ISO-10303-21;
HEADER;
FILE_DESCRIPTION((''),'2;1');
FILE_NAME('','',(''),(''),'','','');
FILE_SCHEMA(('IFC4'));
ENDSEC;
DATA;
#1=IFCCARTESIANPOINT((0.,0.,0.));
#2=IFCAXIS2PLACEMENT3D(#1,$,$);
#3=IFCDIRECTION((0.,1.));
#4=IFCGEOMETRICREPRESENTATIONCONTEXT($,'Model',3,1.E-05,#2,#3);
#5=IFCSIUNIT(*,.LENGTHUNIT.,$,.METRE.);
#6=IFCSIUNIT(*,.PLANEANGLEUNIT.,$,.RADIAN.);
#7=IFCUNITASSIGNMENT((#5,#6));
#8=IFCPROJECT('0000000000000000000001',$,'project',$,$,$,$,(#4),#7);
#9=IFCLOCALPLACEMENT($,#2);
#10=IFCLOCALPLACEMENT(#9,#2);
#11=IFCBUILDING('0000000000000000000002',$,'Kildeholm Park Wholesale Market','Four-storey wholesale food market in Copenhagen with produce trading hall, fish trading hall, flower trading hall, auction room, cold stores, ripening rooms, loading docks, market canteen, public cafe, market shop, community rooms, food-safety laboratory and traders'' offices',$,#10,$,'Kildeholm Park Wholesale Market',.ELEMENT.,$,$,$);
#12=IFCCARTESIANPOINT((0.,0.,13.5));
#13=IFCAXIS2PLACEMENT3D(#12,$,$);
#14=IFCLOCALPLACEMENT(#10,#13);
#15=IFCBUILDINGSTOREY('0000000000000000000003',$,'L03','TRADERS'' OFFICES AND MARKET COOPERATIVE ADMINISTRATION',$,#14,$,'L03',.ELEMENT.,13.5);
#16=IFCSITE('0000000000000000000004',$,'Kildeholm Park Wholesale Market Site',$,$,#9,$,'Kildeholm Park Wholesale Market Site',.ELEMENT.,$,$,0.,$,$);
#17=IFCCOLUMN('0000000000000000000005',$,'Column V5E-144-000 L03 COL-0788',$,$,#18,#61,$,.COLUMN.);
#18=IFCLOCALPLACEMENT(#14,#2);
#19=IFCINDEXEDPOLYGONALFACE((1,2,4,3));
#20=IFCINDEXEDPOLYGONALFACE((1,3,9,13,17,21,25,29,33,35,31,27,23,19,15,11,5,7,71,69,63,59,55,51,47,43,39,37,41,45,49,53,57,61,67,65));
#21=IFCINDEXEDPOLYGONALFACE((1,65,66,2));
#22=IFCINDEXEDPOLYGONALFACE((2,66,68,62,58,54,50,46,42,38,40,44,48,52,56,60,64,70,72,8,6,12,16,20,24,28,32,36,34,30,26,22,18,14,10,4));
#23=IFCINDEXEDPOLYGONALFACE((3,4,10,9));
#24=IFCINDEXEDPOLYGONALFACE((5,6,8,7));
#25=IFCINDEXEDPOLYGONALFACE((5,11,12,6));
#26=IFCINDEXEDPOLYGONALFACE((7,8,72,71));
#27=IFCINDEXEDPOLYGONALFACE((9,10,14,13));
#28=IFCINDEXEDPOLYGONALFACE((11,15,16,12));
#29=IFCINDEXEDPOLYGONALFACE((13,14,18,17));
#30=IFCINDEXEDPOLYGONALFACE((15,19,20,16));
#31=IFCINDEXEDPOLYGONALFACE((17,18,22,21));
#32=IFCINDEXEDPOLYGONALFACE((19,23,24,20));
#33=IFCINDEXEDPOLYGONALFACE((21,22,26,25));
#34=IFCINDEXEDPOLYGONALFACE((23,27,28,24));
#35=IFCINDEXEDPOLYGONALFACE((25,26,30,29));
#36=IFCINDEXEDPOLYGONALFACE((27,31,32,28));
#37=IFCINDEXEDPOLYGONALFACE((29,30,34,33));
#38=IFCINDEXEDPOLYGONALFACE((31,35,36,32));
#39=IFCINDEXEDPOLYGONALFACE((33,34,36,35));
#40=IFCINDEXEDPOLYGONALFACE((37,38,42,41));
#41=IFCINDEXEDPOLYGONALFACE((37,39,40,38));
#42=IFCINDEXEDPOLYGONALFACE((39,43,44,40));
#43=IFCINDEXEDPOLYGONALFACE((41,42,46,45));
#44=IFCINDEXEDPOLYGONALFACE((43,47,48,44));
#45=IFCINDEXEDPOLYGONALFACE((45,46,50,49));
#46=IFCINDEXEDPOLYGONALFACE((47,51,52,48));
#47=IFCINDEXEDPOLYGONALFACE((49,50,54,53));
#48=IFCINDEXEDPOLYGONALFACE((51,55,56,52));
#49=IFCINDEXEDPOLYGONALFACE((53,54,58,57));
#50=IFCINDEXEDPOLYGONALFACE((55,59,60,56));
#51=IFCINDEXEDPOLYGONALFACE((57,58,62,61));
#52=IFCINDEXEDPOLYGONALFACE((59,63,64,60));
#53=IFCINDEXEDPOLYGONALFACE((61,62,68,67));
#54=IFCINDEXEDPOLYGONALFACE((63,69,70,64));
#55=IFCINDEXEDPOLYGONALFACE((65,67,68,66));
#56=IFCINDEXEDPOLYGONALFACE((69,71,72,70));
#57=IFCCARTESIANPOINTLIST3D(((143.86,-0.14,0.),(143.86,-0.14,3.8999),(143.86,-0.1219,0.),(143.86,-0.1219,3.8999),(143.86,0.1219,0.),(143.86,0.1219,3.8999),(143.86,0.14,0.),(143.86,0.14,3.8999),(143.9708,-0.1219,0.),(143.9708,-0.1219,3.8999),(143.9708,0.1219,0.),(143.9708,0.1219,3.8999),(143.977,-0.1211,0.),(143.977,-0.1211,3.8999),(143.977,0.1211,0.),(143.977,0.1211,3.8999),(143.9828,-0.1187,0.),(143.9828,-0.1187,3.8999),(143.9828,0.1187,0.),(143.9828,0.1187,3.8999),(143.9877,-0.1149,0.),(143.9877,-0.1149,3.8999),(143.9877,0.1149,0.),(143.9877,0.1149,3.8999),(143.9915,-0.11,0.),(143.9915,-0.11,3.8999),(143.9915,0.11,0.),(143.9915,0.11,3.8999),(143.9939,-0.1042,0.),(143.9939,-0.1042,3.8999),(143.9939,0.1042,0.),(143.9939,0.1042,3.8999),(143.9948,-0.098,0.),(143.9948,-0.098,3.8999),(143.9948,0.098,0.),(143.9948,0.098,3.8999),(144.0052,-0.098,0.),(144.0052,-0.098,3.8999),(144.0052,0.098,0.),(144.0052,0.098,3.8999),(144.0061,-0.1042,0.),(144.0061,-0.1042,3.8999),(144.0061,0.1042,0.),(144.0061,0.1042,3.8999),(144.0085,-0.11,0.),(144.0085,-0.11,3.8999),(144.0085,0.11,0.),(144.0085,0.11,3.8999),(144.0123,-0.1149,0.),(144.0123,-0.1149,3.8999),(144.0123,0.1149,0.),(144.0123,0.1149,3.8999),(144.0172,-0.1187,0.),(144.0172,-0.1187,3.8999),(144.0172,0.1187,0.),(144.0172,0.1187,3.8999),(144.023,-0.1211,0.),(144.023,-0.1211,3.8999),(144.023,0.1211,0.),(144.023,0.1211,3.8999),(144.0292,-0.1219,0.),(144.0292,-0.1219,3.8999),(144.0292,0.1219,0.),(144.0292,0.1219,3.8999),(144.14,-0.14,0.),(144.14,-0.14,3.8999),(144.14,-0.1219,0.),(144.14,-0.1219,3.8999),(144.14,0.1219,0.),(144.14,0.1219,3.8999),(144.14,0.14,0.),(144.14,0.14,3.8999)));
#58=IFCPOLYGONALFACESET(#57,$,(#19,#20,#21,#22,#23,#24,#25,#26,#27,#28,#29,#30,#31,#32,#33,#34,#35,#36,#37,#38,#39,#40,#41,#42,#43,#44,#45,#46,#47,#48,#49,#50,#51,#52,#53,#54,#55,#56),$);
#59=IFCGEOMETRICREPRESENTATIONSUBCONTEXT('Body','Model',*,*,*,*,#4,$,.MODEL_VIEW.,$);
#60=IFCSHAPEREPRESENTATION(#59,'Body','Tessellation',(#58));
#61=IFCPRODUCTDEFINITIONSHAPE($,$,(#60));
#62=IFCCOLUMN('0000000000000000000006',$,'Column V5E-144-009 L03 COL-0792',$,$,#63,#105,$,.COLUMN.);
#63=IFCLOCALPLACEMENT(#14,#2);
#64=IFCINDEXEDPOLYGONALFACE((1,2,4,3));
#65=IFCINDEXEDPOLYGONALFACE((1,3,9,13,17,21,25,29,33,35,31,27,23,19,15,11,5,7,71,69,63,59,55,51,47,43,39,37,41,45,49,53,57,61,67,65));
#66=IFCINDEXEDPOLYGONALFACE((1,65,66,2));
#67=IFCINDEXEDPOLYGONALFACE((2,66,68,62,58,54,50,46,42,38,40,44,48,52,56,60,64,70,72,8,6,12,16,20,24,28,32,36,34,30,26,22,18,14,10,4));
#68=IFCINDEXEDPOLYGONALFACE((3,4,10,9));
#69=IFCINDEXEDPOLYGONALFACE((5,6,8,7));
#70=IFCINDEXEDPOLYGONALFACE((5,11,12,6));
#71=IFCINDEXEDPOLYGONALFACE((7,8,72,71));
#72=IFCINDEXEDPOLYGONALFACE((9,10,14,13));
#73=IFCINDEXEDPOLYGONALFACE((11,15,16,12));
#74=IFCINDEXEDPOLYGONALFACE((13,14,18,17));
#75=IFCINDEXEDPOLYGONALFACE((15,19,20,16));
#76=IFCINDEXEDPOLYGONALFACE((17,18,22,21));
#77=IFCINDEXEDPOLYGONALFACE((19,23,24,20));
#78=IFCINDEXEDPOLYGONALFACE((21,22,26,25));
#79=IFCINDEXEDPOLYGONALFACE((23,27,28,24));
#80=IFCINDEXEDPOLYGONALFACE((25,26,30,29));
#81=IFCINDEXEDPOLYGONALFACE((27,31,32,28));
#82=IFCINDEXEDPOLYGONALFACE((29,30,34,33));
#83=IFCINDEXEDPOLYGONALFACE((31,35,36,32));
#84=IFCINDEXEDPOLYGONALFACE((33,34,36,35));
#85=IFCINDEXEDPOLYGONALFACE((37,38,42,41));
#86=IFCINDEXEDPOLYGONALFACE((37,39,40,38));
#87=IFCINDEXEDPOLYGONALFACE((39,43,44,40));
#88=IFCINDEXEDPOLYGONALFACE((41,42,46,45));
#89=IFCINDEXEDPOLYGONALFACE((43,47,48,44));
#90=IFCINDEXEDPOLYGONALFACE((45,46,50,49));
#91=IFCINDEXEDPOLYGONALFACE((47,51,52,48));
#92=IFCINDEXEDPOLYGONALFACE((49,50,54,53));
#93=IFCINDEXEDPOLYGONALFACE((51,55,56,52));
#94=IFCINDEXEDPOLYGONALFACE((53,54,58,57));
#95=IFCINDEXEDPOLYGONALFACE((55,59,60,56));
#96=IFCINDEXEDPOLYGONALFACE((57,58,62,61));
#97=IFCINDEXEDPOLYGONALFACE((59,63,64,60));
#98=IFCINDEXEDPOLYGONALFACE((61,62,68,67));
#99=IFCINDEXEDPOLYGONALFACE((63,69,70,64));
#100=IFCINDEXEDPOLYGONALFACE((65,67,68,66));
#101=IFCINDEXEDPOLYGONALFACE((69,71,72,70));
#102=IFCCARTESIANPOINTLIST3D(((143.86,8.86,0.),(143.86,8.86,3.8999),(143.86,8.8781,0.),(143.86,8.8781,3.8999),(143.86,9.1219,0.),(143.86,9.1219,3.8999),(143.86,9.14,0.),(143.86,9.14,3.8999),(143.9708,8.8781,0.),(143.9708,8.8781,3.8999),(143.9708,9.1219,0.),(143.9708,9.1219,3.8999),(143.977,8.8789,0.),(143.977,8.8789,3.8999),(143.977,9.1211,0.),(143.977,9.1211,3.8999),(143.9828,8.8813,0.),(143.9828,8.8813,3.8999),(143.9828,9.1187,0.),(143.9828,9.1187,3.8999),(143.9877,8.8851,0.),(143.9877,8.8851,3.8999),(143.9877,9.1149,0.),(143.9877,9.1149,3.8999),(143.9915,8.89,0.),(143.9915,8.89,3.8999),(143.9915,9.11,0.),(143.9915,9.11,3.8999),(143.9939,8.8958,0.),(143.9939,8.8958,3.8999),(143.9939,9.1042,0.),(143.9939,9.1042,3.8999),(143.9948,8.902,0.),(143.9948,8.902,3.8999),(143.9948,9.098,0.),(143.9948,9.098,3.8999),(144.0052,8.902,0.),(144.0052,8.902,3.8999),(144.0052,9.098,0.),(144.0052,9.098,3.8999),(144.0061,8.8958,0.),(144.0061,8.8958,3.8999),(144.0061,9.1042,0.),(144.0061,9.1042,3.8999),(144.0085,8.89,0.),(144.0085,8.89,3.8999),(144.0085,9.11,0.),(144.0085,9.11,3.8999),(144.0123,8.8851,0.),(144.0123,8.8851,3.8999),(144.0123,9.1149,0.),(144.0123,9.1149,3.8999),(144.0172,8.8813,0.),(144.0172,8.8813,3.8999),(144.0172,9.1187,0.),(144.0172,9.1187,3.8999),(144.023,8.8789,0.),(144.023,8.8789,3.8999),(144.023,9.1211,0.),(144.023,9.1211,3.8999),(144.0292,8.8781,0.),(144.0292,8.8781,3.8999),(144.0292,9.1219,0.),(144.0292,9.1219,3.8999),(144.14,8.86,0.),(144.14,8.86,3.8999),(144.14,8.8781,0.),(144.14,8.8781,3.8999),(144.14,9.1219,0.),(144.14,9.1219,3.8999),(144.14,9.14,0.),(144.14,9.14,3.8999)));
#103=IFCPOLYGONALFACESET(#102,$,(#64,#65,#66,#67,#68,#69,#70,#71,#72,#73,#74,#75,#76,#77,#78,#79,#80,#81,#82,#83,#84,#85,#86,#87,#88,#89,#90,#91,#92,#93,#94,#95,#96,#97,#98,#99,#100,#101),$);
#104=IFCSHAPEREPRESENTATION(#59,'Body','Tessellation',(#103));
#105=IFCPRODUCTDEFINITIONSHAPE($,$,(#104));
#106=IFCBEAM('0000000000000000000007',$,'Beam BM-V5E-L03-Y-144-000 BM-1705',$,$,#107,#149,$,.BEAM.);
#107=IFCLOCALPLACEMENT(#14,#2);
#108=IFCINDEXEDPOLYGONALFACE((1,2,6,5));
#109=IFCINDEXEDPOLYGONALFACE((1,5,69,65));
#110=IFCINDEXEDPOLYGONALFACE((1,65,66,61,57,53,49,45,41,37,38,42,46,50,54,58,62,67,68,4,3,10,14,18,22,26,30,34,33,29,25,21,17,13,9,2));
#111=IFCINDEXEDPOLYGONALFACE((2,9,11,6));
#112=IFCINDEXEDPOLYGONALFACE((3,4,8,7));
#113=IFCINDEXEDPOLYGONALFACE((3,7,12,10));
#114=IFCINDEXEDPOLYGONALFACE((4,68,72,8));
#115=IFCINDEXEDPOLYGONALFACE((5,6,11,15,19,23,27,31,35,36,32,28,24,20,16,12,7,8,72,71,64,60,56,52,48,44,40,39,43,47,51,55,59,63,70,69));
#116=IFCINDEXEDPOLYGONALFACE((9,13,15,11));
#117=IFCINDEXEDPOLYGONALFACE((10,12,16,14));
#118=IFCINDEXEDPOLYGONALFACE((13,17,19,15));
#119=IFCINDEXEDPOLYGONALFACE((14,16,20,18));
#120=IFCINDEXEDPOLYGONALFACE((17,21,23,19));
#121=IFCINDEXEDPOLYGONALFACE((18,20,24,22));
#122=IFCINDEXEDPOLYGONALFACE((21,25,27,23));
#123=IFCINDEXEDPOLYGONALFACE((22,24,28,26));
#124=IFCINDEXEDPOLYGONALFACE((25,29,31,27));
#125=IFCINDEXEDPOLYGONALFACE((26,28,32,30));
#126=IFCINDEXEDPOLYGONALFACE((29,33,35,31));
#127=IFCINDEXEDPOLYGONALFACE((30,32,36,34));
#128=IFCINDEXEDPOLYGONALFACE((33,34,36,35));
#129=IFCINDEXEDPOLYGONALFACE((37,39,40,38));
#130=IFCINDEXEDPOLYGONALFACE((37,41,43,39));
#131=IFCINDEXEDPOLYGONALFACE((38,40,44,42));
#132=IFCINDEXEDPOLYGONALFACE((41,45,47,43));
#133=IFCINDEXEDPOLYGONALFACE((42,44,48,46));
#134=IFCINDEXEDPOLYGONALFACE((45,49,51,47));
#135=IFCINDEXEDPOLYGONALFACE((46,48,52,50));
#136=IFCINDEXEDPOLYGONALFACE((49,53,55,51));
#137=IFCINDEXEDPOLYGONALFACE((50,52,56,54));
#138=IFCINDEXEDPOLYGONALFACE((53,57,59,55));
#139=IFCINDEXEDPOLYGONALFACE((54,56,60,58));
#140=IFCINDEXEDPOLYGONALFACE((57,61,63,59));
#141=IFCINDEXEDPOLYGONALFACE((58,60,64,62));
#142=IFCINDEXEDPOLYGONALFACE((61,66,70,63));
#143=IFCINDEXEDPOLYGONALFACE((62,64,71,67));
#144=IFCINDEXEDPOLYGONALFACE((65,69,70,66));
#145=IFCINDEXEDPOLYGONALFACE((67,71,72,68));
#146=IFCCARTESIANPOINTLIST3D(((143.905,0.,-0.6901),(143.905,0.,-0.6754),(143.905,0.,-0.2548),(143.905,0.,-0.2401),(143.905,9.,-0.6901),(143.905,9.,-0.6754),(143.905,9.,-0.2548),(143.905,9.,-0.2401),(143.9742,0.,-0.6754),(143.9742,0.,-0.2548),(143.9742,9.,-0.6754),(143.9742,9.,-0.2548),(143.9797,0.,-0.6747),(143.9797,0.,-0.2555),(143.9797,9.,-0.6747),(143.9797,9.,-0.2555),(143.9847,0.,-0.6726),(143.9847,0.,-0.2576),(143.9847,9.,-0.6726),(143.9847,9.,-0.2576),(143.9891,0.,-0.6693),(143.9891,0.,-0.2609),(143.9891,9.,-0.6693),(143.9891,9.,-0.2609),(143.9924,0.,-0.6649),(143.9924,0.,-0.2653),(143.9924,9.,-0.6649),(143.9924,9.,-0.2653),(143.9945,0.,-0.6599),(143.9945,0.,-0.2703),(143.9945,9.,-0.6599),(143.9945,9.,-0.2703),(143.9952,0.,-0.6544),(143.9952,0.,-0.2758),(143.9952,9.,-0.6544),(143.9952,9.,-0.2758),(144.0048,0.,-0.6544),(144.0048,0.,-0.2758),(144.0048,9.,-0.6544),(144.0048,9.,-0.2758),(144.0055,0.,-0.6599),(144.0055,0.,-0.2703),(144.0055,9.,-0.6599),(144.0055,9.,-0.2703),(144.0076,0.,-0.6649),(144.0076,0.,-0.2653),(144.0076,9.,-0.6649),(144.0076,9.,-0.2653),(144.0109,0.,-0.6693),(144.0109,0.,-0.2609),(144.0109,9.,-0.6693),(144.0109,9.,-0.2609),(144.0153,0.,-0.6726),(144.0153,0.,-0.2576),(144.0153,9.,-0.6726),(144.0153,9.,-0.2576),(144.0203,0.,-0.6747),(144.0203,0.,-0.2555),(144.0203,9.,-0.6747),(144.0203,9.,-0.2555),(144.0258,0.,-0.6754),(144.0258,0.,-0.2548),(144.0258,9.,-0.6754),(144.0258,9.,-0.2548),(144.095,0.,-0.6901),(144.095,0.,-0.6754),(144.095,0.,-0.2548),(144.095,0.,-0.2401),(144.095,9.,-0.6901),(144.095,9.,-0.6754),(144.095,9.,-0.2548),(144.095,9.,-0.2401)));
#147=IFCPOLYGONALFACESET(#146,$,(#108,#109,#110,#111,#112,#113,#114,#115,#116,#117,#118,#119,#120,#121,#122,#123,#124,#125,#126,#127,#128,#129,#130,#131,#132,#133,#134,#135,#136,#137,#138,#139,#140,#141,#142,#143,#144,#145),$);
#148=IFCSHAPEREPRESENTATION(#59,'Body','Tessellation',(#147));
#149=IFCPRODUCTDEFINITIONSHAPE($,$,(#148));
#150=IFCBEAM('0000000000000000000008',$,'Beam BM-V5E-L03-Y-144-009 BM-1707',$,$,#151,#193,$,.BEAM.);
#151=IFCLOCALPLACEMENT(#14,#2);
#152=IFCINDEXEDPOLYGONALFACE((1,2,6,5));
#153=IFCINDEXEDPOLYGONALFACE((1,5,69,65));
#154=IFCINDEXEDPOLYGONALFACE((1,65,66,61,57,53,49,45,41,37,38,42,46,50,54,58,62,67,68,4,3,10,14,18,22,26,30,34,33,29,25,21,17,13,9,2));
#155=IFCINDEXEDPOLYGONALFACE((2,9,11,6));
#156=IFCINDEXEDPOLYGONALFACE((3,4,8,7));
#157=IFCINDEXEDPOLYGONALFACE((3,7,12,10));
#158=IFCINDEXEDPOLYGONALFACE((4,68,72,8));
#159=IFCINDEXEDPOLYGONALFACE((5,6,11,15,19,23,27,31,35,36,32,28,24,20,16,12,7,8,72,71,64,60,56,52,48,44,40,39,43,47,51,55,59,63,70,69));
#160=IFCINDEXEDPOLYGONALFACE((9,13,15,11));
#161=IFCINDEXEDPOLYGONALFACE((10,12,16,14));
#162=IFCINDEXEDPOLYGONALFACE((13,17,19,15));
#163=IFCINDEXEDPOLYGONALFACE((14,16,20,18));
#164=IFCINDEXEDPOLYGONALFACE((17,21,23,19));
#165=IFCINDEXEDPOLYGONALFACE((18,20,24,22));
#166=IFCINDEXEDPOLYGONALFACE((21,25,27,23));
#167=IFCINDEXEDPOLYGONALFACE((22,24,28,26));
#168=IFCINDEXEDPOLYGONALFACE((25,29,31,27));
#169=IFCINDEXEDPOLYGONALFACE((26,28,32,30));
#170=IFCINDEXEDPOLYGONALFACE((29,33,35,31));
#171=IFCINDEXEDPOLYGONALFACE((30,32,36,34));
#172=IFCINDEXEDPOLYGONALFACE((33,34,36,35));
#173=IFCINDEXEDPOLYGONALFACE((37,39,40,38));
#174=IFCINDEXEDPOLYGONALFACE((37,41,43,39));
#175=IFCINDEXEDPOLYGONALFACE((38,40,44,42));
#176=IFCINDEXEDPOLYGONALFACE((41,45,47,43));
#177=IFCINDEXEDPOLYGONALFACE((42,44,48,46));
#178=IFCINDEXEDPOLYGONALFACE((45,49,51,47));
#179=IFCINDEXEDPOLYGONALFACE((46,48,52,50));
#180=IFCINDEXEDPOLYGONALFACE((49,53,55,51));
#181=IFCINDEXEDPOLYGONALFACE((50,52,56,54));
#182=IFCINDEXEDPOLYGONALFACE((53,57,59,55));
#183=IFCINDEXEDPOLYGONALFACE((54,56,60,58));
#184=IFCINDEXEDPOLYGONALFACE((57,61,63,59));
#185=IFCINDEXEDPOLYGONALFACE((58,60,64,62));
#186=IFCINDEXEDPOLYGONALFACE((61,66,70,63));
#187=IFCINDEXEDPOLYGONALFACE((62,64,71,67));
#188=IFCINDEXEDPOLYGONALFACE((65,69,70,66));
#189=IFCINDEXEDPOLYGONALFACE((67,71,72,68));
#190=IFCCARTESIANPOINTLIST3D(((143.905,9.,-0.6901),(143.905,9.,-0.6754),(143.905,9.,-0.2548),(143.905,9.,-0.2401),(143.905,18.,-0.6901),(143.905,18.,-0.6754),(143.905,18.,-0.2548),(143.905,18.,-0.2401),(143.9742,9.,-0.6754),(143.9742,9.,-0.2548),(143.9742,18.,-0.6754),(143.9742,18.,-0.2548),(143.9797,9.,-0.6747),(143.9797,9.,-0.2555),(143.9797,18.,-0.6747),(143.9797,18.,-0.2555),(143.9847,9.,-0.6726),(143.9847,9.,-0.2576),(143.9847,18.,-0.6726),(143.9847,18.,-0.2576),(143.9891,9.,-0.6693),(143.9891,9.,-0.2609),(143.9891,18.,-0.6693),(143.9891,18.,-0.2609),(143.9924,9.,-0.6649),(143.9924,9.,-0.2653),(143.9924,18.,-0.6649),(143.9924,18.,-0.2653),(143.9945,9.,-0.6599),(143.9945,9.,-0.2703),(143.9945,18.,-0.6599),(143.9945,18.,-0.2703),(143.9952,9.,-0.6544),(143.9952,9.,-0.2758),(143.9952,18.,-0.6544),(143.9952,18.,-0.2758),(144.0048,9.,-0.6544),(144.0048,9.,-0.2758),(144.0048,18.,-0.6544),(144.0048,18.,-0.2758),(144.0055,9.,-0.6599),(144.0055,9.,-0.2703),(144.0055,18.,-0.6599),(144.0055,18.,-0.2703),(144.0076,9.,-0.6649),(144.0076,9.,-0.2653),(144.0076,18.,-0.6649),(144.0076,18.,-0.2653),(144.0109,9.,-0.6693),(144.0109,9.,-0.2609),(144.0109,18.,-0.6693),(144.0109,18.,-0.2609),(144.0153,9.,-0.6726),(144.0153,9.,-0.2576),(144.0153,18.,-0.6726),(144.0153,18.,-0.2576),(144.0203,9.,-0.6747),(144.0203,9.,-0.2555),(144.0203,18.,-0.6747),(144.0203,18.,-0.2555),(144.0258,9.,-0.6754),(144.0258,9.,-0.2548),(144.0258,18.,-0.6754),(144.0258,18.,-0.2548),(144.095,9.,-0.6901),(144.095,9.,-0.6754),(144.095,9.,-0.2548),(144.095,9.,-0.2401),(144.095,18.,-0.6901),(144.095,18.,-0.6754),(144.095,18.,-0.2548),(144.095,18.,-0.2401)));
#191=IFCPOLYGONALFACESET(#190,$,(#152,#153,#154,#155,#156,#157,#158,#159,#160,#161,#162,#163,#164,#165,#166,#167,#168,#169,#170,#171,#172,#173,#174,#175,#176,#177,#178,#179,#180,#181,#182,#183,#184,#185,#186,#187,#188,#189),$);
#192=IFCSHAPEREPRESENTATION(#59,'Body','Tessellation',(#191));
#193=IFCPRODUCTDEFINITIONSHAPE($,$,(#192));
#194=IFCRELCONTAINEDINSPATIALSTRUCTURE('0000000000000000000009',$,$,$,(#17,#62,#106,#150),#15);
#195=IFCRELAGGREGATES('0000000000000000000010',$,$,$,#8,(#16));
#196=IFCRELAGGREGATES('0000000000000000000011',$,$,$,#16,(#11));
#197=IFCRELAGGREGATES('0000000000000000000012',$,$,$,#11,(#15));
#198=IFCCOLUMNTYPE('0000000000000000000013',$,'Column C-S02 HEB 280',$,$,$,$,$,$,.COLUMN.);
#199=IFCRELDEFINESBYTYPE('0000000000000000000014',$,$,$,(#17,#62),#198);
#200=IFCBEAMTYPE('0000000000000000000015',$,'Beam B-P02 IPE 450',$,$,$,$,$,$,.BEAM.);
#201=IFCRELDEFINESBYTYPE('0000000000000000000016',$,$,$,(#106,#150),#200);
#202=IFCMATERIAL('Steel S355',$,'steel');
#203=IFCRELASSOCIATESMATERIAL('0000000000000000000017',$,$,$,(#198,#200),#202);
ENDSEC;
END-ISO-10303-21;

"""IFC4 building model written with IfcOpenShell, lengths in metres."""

from ifc_helpers import new_model, si_unit, direction, frame, origin, origin_2d, place, context, subcontext, project, spatial, i_section, extrude, material, material_profile, profile_set, type_object, element, save


model = new_model("IFC4")

# Units and contexts
model_context = context("Model", 3, precision=1e-05, world=origin(), true_north=direction((0.0, 1.0)))
body_context = subcontext(model_context, "Body", "Model", "MODEL_VIEW")
ifc_project = project(units=[si_unit("LENGTHUNIT", "METRE"), si_unit("PLANEANGLEUNIT", "RADIAN")], contexts=[model_context])

# Site, building, storey
site_placement = place(None, origin())
site = spatial("IfcSite", under=ifc_project, at=site_placement, Name="Kildeholm Park Wholesale Market Site", LongName="Kildeholm Park Wholesale Market Site", CompositionType="ELEMENT", RefElevation=0.0)
building_placement = place(site_placement, origin())
building = spatial("IfcBuilding", under=site, at=building_placement, Name="Kildeholm Park Wholesale Market", Description="Four-storey wholesale food market in Copenhagen with produce trading hall, fish trading hall, flower trading hall, auction room, cold stores, ripening rooms, loading docks, market canteen, public cafe, market shop, community rooms, food-safety laboratory and traders' offices", LongName="Kildeholm Park Wholesale Market", CompositionType="ELEMENT")
storey_placement = place(building_placement, frame((0.0, 0.0, 13.5)))
storey = spatial("IfcBuildingStorey", under=building, at=storey_placement, Name="L03", Description="TRADERS' OFFICES AND MARKET COOPERATIVE ADMINISTRATION", LongName="L03", CompositionType="ELEMENT", Elevation=13.5)

# Columns
ifc_material_1 = material(Name="Steel S355", Category="steel")
ifc_material_profile_1 = material_profile(ifc_material_1, i_section(OverallWidth=0.28, OverallDepth=0.28, WebThickness=0.0105, FlangeThickness=0.0181, FilletRadius=0.0239, at=origin_2d()), Name="HEB 280")
ifc_profile_set_1 = profile_set([ifc_material_profile_1], Name="Steel S355")
column_type = type_object("IfcColumnType", Name="Column C-S02 HEB 280", PredefinedType="COLUMN", material=ifc_profile_set_1)
for number, where, z_axis, x_axis, name in (
    (1, (144.0, 0.0, 0.0), (0.0, 0.0, 1.0), (1.0, 0.0, 0.0), "Column V5E-144-000 L03 COL-0788"),
    (2, (144.0, 9.0, 0.0), (0.0, 0.0, 1.0), (1.0, 0.0, 0.0), "Column V5E-144-009 L03 COL-0792"),
):
    element("IfcColumn", number, at=place(storey_placement, frame(where, z_axis=z_axis, x_axis=x_axis)), inside=storey, type_object=column_type, Name=name, PredefinedType="COLUMN", context=body_context, shape_type="SweptSolid", body=[
        extrude(i_section(OverallWidth=0.28, OverallDepth=0.28, WebThickness=0.0105, FlangeThickness=0.0181, FilletRadius=0.0239, at=origin_2d()), origin(), (0.0, 0.0, 1.0), 3.8999),
    ])

# Beams
ifc_material_profile_2 = material_profile(ifc_material_1, i_section(OverallWidth=0.1899, OverallDepth=0.45, WebThickness=0.0095, FlangeThickness=0.0146, FilletRadius=0.021, at=origin_2d()), Name="IPE 450")
ifc_profile_set_2 = profile_set([ifc_material_profile_2], Name="Steel S355")
beam_type_1 = type_object("IfcBeamType", Name="Beam B-P02 IPE 450", PredefinedType="BEAM", material=ifc_profile_set_2)
for number, where, z_axis, x_axis, name in (
    (3, (144.0, 0.0, -0.4651), (0.0, 1.0, 0.0), (-1.0, 0.0, 0.0), "Beam BM-V5E-L03-Y-144-000 BM-1705"),
    (4, (144.0, 9.0, -0.4651), (0.0, 1.0, 0.0), (-1.0, 0.0, 0.0), "Beam BM-V5E-L03-Y-144-009 BM-1707"),
):
    element("IfcBeam", number, at=place(storey_placement, frame(where, z_axis=z_axis, x_axis=x_axis)), inside=storey, type_object=beam_type_1, Name=name, PredefinedType="BEAM", context=body_context, shape_type="SweptSolid", body=[
        extrude(i_section(OverallWidth=0.1899, OverallDepth=0.45, WebThickness=0.0095, FlangeThickness=0.0146, FilletRadius=0.021, at=origin_2d()), origin(), (0.0, 0.0, 1.0), 9.0),
    ])

save(model, "model.ifc")
